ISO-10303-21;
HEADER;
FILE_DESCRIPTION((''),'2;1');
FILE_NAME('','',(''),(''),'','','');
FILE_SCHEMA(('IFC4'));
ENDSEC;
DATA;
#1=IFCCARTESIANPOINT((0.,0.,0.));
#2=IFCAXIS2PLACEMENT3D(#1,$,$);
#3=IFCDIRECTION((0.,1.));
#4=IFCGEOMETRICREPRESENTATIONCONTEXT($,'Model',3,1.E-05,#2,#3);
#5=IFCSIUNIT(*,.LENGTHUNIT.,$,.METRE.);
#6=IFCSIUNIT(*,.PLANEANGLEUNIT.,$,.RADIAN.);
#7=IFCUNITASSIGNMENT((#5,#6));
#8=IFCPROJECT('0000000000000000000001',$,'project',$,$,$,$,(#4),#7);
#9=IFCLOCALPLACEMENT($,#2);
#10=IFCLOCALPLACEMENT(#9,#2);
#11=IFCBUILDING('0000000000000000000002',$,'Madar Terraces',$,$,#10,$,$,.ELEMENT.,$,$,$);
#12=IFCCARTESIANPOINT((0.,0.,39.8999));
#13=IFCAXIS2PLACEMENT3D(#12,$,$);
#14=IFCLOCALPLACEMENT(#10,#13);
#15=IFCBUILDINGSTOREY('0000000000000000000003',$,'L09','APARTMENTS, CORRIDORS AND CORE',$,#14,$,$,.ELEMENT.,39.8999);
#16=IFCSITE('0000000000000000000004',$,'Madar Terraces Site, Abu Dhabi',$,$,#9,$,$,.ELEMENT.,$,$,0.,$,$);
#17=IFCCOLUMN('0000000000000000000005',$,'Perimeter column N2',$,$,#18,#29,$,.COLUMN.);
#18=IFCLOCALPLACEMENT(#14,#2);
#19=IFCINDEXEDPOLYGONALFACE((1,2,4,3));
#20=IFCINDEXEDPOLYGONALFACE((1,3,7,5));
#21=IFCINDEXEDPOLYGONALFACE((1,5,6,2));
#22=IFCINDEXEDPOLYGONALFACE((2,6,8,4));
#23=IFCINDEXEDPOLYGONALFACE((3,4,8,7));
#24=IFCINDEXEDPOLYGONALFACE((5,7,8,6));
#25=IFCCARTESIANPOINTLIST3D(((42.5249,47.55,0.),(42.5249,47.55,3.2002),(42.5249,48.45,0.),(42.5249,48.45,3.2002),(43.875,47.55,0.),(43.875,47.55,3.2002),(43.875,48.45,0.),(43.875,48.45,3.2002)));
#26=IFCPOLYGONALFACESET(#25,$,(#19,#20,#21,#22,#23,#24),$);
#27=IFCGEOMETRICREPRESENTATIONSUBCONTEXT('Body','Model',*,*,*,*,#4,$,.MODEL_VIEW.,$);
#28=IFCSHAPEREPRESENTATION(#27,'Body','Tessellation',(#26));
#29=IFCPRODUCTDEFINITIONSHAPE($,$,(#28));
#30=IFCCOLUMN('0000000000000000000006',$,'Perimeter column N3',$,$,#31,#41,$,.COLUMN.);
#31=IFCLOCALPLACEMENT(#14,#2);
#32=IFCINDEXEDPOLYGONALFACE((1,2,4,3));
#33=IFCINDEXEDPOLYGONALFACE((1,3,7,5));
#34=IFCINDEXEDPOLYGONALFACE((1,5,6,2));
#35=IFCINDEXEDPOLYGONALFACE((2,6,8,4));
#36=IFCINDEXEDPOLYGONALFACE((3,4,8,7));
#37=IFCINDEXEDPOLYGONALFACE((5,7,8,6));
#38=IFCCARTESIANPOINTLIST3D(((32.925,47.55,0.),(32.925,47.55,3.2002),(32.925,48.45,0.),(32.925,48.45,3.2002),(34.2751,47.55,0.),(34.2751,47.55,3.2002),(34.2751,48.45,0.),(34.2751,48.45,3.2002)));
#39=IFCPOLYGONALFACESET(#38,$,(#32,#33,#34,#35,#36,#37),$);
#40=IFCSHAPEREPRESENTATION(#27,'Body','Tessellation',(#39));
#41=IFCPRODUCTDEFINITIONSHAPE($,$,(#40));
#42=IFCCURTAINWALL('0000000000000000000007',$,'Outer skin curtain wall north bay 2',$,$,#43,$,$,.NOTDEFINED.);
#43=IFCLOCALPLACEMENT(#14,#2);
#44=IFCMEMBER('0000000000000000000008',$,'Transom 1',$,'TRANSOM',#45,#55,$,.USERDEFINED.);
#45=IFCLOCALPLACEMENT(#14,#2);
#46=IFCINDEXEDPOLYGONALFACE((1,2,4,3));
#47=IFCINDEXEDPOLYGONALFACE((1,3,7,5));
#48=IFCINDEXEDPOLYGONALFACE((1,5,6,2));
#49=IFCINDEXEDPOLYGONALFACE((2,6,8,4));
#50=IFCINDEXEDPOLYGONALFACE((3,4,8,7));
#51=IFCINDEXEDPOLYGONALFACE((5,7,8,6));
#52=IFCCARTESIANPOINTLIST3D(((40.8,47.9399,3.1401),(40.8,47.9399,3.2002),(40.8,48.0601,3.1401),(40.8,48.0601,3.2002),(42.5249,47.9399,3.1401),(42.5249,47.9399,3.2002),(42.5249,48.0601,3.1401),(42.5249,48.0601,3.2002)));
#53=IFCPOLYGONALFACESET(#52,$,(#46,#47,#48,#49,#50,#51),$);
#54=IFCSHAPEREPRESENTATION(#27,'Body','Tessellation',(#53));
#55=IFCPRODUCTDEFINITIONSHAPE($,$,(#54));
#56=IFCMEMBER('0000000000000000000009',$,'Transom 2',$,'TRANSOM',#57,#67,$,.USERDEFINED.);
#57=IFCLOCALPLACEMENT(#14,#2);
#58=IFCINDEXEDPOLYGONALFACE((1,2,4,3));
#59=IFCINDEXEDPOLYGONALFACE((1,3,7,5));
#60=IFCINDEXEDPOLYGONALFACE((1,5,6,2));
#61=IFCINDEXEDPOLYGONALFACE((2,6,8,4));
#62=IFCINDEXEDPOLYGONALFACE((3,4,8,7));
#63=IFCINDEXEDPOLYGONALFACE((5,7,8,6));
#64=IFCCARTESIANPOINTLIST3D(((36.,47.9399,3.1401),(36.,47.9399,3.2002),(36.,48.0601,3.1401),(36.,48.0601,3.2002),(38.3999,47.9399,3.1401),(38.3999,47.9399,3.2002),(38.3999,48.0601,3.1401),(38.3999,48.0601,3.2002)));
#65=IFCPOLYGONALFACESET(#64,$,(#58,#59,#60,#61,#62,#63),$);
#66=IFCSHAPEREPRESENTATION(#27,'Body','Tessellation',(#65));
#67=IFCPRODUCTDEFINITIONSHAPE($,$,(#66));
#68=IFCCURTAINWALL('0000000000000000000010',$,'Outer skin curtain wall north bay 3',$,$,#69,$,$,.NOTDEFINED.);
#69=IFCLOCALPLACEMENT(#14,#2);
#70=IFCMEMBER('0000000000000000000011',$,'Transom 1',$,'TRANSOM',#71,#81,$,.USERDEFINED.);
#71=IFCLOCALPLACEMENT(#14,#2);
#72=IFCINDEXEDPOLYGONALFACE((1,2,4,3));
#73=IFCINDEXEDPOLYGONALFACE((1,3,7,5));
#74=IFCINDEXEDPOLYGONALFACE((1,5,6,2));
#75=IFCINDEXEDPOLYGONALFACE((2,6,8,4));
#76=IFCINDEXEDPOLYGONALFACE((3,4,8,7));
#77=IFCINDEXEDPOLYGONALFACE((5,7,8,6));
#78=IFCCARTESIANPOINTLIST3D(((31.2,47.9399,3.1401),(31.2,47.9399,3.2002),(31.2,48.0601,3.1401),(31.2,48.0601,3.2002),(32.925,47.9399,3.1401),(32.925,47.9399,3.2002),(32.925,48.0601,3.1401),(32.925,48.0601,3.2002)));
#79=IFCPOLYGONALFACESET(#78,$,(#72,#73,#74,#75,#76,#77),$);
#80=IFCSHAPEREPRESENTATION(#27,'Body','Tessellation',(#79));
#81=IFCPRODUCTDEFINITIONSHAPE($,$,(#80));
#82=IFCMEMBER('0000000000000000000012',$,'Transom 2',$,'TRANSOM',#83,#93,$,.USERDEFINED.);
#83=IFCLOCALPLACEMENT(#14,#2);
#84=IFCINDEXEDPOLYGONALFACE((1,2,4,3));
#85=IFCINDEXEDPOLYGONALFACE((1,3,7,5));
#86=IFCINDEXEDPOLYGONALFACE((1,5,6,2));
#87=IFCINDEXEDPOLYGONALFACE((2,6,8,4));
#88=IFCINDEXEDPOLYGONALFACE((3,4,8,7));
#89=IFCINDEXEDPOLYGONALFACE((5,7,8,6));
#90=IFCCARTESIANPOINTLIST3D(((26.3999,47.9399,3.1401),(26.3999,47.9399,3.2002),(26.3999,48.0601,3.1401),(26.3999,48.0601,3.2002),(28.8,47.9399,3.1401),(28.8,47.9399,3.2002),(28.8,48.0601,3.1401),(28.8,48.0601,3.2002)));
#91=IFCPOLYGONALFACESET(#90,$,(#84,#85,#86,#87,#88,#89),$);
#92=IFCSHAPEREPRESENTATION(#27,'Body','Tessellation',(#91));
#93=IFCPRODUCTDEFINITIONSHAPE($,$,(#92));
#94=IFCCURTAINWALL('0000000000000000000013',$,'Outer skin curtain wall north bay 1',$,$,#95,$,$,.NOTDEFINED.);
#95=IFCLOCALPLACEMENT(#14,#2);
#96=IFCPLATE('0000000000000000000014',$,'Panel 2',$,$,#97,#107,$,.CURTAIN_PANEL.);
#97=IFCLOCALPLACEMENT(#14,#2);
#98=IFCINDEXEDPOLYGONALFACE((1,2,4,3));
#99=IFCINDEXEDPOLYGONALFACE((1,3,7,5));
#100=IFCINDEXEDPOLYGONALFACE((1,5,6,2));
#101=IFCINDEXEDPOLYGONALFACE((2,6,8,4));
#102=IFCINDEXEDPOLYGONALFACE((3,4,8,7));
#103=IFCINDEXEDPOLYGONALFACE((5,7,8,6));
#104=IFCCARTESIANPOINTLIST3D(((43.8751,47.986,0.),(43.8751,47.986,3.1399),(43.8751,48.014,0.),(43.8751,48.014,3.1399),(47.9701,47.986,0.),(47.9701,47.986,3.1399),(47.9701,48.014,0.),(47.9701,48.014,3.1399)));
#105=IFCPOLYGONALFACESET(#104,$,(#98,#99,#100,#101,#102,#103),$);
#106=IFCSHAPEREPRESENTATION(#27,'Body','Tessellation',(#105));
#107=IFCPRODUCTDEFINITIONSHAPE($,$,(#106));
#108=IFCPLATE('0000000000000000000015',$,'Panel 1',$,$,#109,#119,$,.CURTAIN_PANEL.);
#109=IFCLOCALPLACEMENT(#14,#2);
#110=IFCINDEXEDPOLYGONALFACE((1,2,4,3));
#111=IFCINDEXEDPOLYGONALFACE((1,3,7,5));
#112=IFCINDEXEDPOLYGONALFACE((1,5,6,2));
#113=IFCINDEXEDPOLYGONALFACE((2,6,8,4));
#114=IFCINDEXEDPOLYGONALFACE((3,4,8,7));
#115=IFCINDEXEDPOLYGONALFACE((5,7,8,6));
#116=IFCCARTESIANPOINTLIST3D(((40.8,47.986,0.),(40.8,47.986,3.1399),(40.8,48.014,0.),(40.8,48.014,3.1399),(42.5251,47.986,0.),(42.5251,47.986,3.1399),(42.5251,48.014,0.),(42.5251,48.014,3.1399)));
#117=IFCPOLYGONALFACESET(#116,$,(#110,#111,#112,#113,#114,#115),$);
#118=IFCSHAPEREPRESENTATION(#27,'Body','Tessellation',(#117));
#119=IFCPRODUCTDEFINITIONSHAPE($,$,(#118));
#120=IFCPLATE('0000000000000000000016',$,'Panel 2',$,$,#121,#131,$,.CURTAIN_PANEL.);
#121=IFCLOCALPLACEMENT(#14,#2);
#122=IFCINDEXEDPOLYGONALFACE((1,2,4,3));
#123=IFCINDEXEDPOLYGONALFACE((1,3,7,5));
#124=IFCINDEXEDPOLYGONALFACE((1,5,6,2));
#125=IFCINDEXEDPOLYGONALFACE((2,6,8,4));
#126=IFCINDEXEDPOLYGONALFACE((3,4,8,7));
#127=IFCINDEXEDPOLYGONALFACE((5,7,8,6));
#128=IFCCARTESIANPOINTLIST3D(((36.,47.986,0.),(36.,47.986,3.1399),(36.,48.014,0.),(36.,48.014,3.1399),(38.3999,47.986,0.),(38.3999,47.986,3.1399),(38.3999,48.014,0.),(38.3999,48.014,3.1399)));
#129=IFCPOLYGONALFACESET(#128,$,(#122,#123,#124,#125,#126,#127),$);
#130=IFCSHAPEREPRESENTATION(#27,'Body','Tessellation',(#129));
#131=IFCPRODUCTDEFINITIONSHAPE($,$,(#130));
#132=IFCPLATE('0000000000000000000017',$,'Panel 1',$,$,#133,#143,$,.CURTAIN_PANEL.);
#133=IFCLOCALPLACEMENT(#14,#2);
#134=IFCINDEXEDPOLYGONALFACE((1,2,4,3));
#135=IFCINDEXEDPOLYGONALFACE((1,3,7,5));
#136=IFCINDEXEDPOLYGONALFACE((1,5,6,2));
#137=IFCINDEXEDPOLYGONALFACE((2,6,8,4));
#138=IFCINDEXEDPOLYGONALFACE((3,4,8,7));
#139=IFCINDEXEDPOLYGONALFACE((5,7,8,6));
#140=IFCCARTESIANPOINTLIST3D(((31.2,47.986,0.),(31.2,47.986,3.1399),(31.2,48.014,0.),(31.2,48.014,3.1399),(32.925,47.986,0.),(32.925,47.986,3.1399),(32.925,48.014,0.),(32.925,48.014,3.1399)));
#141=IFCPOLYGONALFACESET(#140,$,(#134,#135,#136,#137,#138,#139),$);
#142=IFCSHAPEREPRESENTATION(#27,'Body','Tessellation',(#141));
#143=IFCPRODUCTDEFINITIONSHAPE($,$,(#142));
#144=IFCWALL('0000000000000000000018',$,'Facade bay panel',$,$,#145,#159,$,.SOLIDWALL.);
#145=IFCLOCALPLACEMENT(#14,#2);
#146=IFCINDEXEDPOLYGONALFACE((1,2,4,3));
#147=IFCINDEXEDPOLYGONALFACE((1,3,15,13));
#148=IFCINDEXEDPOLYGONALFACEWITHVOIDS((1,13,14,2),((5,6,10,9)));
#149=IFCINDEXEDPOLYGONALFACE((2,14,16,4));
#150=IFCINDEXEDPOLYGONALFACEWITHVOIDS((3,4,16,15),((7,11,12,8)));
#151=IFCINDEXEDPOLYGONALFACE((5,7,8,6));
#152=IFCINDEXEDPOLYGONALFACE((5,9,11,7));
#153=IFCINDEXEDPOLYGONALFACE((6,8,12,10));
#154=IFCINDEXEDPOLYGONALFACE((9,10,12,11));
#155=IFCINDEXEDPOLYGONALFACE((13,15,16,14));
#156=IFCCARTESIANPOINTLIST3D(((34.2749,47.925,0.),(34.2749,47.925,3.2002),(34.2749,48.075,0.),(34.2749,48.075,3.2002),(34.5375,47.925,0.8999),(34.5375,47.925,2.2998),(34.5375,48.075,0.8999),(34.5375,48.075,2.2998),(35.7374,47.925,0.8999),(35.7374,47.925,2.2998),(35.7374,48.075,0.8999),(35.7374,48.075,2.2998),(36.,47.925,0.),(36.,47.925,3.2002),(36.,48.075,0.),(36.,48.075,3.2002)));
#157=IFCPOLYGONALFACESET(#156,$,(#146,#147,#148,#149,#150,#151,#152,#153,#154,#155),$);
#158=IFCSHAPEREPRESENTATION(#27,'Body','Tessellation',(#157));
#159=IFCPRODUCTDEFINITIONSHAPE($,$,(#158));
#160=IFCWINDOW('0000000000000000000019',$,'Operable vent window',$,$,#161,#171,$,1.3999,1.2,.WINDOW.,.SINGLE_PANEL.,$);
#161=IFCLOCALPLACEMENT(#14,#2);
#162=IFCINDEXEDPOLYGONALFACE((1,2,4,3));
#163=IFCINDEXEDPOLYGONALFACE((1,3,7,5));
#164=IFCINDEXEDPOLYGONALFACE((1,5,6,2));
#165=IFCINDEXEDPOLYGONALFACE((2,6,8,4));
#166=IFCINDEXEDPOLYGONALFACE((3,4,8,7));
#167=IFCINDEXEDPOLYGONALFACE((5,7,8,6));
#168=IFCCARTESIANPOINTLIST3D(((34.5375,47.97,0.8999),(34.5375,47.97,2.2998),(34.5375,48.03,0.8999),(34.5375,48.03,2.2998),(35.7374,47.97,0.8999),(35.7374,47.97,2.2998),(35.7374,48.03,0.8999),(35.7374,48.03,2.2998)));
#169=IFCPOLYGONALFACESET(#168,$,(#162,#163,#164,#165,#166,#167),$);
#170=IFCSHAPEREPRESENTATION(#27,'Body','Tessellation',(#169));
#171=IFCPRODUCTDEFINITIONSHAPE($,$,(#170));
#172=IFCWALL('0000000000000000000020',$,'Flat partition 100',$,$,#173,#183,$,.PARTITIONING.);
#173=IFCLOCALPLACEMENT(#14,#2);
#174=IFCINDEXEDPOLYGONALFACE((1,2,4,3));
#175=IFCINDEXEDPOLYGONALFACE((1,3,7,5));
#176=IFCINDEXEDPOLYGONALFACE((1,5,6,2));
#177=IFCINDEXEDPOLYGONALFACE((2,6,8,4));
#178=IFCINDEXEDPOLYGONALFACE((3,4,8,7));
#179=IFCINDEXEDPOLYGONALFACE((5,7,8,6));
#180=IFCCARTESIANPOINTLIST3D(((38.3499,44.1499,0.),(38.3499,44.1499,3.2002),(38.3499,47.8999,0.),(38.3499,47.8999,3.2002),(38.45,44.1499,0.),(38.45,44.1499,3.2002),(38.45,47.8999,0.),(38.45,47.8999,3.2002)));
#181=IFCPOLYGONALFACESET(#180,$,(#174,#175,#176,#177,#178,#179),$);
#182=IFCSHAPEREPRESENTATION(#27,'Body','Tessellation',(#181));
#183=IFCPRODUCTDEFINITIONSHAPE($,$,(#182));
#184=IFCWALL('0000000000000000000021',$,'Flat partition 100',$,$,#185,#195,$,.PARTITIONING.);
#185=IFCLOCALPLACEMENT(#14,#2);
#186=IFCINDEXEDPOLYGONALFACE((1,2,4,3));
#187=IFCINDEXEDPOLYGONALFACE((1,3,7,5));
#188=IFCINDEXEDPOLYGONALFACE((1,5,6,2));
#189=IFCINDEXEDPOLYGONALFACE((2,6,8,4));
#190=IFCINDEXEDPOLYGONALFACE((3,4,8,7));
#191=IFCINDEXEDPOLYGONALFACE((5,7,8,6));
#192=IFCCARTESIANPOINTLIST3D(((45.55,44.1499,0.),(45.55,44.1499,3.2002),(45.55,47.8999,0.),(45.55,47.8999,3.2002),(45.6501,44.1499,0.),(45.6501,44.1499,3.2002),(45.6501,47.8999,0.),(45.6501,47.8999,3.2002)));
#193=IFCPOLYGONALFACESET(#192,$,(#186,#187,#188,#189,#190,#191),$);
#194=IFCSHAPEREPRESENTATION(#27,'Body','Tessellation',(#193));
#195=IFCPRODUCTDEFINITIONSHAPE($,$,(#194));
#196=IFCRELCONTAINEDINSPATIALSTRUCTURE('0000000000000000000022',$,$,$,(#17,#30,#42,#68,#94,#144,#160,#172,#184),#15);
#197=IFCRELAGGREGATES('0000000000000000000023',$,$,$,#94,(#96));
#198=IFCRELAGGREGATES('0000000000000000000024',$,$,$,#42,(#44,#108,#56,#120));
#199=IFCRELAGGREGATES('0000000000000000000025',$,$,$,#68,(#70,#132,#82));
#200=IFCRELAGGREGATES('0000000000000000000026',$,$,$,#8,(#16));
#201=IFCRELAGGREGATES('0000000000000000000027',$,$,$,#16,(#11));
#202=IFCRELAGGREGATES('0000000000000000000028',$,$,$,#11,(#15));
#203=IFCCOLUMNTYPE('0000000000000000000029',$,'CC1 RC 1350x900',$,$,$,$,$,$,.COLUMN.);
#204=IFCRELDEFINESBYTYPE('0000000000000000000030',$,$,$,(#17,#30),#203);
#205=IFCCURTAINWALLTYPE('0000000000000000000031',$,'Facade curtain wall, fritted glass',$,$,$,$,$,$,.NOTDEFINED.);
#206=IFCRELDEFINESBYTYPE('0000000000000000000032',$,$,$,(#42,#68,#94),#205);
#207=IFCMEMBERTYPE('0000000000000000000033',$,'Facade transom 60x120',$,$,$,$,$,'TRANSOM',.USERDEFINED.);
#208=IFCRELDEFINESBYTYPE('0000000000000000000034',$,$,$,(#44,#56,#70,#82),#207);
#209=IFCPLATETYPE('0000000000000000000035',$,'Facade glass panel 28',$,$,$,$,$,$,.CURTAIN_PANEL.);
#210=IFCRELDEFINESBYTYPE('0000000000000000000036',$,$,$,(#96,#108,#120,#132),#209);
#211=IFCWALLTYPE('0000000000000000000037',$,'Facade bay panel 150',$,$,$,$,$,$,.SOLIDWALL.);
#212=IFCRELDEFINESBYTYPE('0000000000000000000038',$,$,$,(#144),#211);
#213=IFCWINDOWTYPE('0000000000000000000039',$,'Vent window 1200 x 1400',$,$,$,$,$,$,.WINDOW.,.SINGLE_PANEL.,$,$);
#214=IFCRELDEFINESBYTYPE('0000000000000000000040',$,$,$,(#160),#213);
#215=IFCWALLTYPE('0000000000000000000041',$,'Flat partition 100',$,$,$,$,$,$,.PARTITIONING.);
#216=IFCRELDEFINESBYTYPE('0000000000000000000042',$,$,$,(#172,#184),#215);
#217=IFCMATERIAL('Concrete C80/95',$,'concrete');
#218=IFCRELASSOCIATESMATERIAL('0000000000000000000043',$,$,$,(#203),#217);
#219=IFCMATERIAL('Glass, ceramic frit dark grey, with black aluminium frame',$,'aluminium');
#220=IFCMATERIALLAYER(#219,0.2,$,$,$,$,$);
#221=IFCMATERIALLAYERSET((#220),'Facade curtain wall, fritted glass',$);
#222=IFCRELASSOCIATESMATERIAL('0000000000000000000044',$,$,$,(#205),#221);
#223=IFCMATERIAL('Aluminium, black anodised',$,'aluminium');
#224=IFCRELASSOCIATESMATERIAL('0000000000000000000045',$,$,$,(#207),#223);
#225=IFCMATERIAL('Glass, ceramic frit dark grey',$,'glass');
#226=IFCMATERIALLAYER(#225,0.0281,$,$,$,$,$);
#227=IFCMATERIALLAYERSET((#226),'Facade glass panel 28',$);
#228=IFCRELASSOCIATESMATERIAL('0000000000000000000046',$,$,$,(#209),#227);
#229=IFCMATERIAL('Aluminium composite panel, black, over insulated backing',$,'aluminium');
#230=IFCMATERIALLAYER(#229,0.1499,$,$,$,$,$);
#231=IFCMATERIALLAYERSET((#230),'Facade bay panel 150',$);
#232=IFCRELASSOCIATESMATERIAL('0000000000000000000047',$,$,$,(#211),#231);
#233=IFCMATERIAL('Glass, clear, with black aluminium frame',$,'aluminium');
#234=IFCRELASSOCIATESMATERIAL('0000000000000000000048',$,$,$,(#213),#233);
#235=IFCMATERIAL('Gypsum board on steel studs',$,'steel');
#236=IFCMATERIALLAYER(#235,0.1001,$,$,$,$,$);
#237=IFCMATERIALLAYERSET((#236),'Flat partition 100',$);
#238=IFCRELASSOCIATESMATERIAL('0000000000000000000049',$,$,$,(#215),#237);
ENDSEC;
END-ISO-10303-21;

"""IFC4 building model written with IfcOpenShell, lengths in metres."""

from ifc_helpers import new_model, si_unit, direction, frame, frame_2d, origin, origin_2d, place, context, subcontext, project, spatial, rectangle, extrude, material, layer, layer_set, material_profile, profile_set, type_object, element, fill, aggregate, save


model = new_model("IFC4")

# Units and contexts
model_context = context("Model", 3, precision=1e-05, world=origin(), true_north=direction((0.0, 1.0)))
body_context = subcontext(model_context, "Body", "Model", "MODEL_VIEW")
ifc_project = project(units=[si_unit("LENGTHUNIT", "METRE"), si_unit("PLANEANGLEUNIT", "RADIAN")], contexts=[model_context])

# Site, building, storey
site_placement = place(None, origin())
site = spatial("IfcSite", under=ifc_project, at=site_placement, Name="Madar Terraces Site, Abu Dhabi", CompositionType="ELEMENT", RefElevation=0.0)
building_placement = place(site_placement, origin())
building = spatial("IfcBuilding", under=site, at=building_placement, Name="Madar Terraces", CompositionType="ELEMENT")
storey_placement = place(building_placement, frame((0.0, 0.0, 39.8999)))
storey = spatial("IfcBuildingStorey", under=building, at=storey_placement, Name="L09", Description="APARTMENTS, CORRIDORS AND CORE", CompositionType="ELEMENT", Elevation=39.8999)

# Columns
ifc_material_1 = material(Name="Concrete C80/95", Category="concrete")
ifc_material_profile_1 = material_profile(ifc_material_1, rectangle(XDim=1.3501, YDim=0.8999, at=origin_2d()), Name="CC1 RC 1350x900")
ifc_profile_set_1 = profile_set([ifc_material_profile_1], Name="Concrete C80/95")
column_type = type_object("IfcColumnType", Name="CC1 RC 1350x900", PredefinedType="COLUMN", material=ifc_profile_set_1)
for number, where, z_axis, x_axis, name in (
    (1, (43.2, 48.0, 0.0), (0.0, 0.0, 1.0), (1.0, 0.0, 0.0), "Perimeter column N2"),
    (2, (33.6001, 48.0, 0.0), (0.0, 0.0, 1.0), (1.0, 0.0, 0.0), "Perimeter column N3"),
):
    element("IfcColumn", number, at=place(storey_placement, frame(where, z_axis=z_axis, x_axis=x_axis)), inside=storey, type_object=column_type, Name=name, PredefinedType="COLUMN", context=body_context, shape_type="SweptSolid", body=[
        extrude(rectangle(XDim=1.3501, YDim=0.8999, at=origin_2d()), origin(), (0.0, 0.0, 1.0), 3.2002),
    ])

# Curtain walls, members
ifc_material_2 = material(Name="Glass, ceramic frit dark grey, with black aluminium frame", Category="aluminium")
ifc_layer_1 = layer(ifc_material_2, 0.2)
ifc_layer_set_1 = layer_set([ifc_layer_1], Name="Facade curtain wall, fritted glass")
curtain_wall_type = type_object("IfcCurtainWallType", Name="Facade curtain wall, fritted glass", PredefinedType="NOTDEFINED", material=ifc_layer_set_1)
curtain_wall_1_placement = place(storey_placement, origin())
curtain_wall_1 = element("IfcCurtainWall", 3, at=curtain_wall_1_placement, inside=storey, type_object=curtain_wall_type, Name="Outer skin curtain wall north bay 2", PredefinedType="NOTDEFINED")
ifc_material_3 = material(Name="Aluminium, black anodised", Category="aluminium")
ifc_material_profile_2 = material_profile(ifc_material_3, rectangle(XDim=0.1201, YDim=0.0601, at=origin_2d()), Name="Facade transom 60x120")
ifc_profile_set_2 = profile_set([ifc_material_profile_2], Name="Aluminium, black anodised")
member_type = type_object("IfcMemberType", Name="Facade transom 60x120", ElementType="TRANSOM", PredefinedType="USERDEFINED", material=ifc_profile_set_2)
member_1_placement = place(storey_placement, frame((42.5249, 48.0, 3.1702), z_axis=(-1.0, 0.0, 0.0), x_axis=(0.0, -1.0, 0.0)))
member_1 = element("IfcMember", 4, at=member_1_placement, type_object=member_type, Name="Transom 1", ObjectType="TRANSOM", PredefinedType="USERDEFINED", context=body_context, shape_type="SweptSolid", body=[
    extrude(rectangle(XDim=0.1201, YDim=0.0601, at=origin_2d()), origin(), (0.0, 0.0, 1.0), 1.7249),
])
member_2_placement = place(storey_placement, frame((38.3999, 48.0, 3.1702), z_axis=(-1.0, 0.0, 0.0), x_axis=(0.0, -1.0, 0.0)))
member_2 = element("IfcMember", 5, at=member_2_placement, type_object=member_type, Name="Transom 2", ObjectType="TRANSOM", PredefinedType="USERDEFINED", context=body_context, shape_type="SweptSolid", body=[
    extrude(rectangle(XDim=0.1201, YDim=0.0601, at=origin_2d()), origin(), (0.0, 0.0, 1.0), 2.3999),
])
curtain_wall_2_placement = place(storey_placement, origin())
curtain_wall_2 = element("IfcCurtainWall", 6, at=curtain_wall_2_placement, inside=storey, type_object=curtain_wall_type, Name="Outer skin curtain wall north bay 3", PredefinedType="NOTDEFINED")
member_3_placement = place(storey_placement, frame((32.925, 48.0, 3.1702), z_axis=(-1.0, 0.0, 0.0), x_axis=(0.0, -1.0, 0.0)))
member_3 = element("IfcMember", 7, at=member_3_placement, type_object=member_type, Name="Transom 1", ObjectType="TRANSOM", PredefinedType="USERDEFINED", context=body_context, shape_type="SweptSolid", body=[
    extrude(rectangle(XDim=0.1201, YDim=0.0601, at=origin_2d()), origin(), (0.0, 0.0, 1.0), 1.7251),
])
member_4_placement = place(storey_placement, frame((28.8, 48.0, 3.1702), z_axis=(-1.0, 0.0, 0.0), x_axis=(0.0, -1.0, 0.0)))
member_4 = element("IfcMember", 8, at=member_4_placement, type_object=member_type, Name="Transom 2", ObjectType="TRANSOM", PredefinedType="USERDEFINED", context=body_context, shape_type="SweptSolid", body=[
    extrude(rectangle(XDim=0.1201, YDim=0.0601, at=origin_2d()), origin(), (0.0, 0.0, 1.0), 2.4001),
])

# Curtain wall, plate
curtain_wall_3_placement = place(storey_placement, origin())
curtain_wall_3 = element("IfcCurtainWall", 9, at=curtain_wall_3_placement, inside=storey, type_object=curtain_wall_type, Name="Outer skin curtain wall north bay 1", PredefinedType="NOTDEFINED")
ifc_material_4 = material(Name="Glass, ceramic frit dark grey", Category="glass")
ifc_layer_2 = layer(ifc_material_4, 0.0281)
ifc_layer_set_2 = layer_set([ifc_layer_2], Name="Facade glass panel 28")
plate_type = type_object("IfcPlateType", Name="Facade glass panel 28", PredefinedType="CURTAIN_PANEL", material=ifc_layer_set_2)
plate_1_placement = place(storey_placement, frame((45.9226, 48.0, 0.0), z_axis=(0.0, 0.0, 1.0), x_axis=(-1.0, 0.0, 0.0)))
plate_1 = element("IfcPlate", 10, at=plate_1_placement, type_object=plate_type, Name="Panel 2", PredefinedType="CURTAIN_PANEL", context=body_context, shape_type="SweptSolid", body=[
    extrude(rectangle(XDim=4.095, YDim=0.0281, at=origin_2d()), origin(), (0.0, 0.0, 1.0), 3.1399),
])
aggregate(curtain_wall_3, [plate_1])

# Plates
plate_2_placement = place(storey_placement, frame((41.6626, 48.0, 0.0), z_axis=(0.0, 0.0, 1.0), x_axis=(-1.0, 0.0, 0.0)))
plate_2 = element("IfcPlate", 11, at=plate_2_placement, type_object=plate_type, Name="Panel 1", PredefinedType="CURTAIN_PANEL", context=body_context, shape_type="SweptSolid", body=[
    extrude(rectangle(XDim=1.7251, YDim=0.0281, at=origin_2d()), origin(), (0.0, 0.0, 1.0), 3.1399),
])
plate_3_placement = place(storey_placement, frame((37.2, 48.0, 0.0), z_axis=(0.0, 0.0, 1.0), x_axis=(-1.0, 0.0, 0.0)))
plate_3 = element("IfcPlate", 12, at=plate_3_placement, type_object=plate_type, Name="Panel 2", PredefinedType="CURTAIN_PANEL", context=body_context, shape_type="SweptSolid", body=[
    extrude(rectangle(XDim=2.3999, YDim=0.0281, at=origin_2d()), origin(), (0.0, 0.0, 1.0), 3.1399),
])
aggregate(curtain_wall_1, [member_1, plate_2, member_2, plate_3])
plate_4_placement = place(storey_placement, frame((32.0625, 48.0, 0.0), z_axis=(0.0, 0.0, 1.0), x_axis=(-1.0, 0.0, 0.0)))
plate_4 = element("IfcPlate", 13, at=plate_4_placement, type_object=plate_type, Name="Panel 1", PredefinedType="CURTAIN_PANEL", context=body_context, shape_type="SweptSolid", body=[
    extrude(rectangle(XDim=1.7251, YDim=0.0281, at=origin_2d()), origin(), (0.0, 0.0, 1.0), 3.1399),
])
aggregate(curtain_wall_2, [member_3, plate_4, member_4])

# Shared definitions
ifc_material_5 = material(Name="Aluminium composite panel, black, over insulated backing", Category="aluminium")
ifc_layer_3 = layer(ifc_material_5, 0.1499)
ifc_layer_set_3 = layer_set([ifc_layer_3], Name="Facade bay panel 150")
wall_type_1 = type_object("IfcWallType", Name="Facade bay panel 150", PredefinedType="SOLIDWALL", material=ifc_layer_set_3)

# Wall, opening, window
wall_1_placement = place(storey_placement, frame((36.0, 48.0, 0.0), z_axis=(0.0, 0.0, 1.0), x_axis=(-1.0, 0.0, 0.0)))
wall_1 = element("IfcWall", 14, at=wall_1_placement, inside=storey, type_object=wall_type_1, Name="Facade bay panel", PredefinedType="SOLIDWALL", context=body_context, shape_type="SweptSolid", body=[
    extrude(rectangle(XDim=1.7251, YDim=0.1499, at=frame_2d((0.8625, 0.0))), origin(), (0.0, 0.0, 1.0), 3.2002),
])
opening_1_placement = place(wall_1_placement, frame((0.2625, 0.0, 0.8999)))
opening_1 = element("IfcOpeningElement", 15, at=opening_1_placement, cuts=wall_1, PredefinedType="OPENING", context=body_context, shape_type="SweptSolid", body=[
    extrude(rectangle(XDim=1.2, YDim=1.3999, at=frame_2d((0.6001, 0.7))), frame((0.0, 0.085, 0.0), z_axis=(0.0, -1.0, 0.0), x_axis=(1.0, 0.0, 0.0)), (0.0, 0.0, 1.0), 0.1699),
])
ifc_material_6 = material(Name="Glass, clear, with black aluminium frame", Category="aluminium")
window_type = type_object("IfcWindowType", Name="Vent window 1200 x 1400", PartitioningType="SINGLE_PANEL", PredefinedType="WINDOW", material=ifc_material_6)
window_placement = place(opening_1_placement, origin())
window = element("IfcWindow", 16, at=window_placement, inside=storey, type_object=window_type, Name="Operable vent window", OverallHeight=1.3999, OverallWidth=1.2, PartitioningType="SINGLE_PANEL", PredefinedType="WINDOW", context=body_context, shape_type="SweptSolid", body=[
    extrude(rectangle(XDim=1.2, YDim=1.3999, at=frame_2d((0.6001, 0.7))), frame((0.0, 0.03, 0.0), z_axis=(0.0, -1.0, 0.0), x_axis=(1.0, 0.0, 0.0)), (0.0, 0.0, 1.0), 0.0601),
])
fill(opening_1, window)

# Walls
ifc_material_7 = material(Name="Gypsum board on steel studs", Category="steel")
ifc_layer_4 = layer(ifc_material_7, 0.1001)
ifc_layer_set_4 = layer_set([ifc_layer_4], Name="Flat partition 100")
wall_type_2 = type_object("IfcWallType", Name="Flat partition 100", PredefinedType="PARTITIONING", material=ifc_layer_set_4)
for number, where, z_axis, x_axis, name in (
    (17, (38.3999, 44.1499, 0.0), (0.0, 0.0, 1.0), (0.0, 1.0, 0.0), "Flat partition 100"),
    (18, (45.6001, 44.1499, 0.0), (0.0, 0.0, 1.0), (0.0, 1.0, 0.0), "Flat partition 100"),
):
    element("IfcWall", number, at=place(storey_placement, frame(where, z_axis=z_axis, x_axis=x_axis)), inside=storey, type_object=wall_type_2, Name=name, PredefinedType="PARTITIONING", context=body_context, shape_type="SweptSolid", body=[
        extrude(rectangle(XDim=3.75, YDim=0.1001, at=frame_2d((1.875, 0.0))), origin(), (0.0, 0.0, 1.0), 3.2002),
    ])

save(model, "model.ifc")
